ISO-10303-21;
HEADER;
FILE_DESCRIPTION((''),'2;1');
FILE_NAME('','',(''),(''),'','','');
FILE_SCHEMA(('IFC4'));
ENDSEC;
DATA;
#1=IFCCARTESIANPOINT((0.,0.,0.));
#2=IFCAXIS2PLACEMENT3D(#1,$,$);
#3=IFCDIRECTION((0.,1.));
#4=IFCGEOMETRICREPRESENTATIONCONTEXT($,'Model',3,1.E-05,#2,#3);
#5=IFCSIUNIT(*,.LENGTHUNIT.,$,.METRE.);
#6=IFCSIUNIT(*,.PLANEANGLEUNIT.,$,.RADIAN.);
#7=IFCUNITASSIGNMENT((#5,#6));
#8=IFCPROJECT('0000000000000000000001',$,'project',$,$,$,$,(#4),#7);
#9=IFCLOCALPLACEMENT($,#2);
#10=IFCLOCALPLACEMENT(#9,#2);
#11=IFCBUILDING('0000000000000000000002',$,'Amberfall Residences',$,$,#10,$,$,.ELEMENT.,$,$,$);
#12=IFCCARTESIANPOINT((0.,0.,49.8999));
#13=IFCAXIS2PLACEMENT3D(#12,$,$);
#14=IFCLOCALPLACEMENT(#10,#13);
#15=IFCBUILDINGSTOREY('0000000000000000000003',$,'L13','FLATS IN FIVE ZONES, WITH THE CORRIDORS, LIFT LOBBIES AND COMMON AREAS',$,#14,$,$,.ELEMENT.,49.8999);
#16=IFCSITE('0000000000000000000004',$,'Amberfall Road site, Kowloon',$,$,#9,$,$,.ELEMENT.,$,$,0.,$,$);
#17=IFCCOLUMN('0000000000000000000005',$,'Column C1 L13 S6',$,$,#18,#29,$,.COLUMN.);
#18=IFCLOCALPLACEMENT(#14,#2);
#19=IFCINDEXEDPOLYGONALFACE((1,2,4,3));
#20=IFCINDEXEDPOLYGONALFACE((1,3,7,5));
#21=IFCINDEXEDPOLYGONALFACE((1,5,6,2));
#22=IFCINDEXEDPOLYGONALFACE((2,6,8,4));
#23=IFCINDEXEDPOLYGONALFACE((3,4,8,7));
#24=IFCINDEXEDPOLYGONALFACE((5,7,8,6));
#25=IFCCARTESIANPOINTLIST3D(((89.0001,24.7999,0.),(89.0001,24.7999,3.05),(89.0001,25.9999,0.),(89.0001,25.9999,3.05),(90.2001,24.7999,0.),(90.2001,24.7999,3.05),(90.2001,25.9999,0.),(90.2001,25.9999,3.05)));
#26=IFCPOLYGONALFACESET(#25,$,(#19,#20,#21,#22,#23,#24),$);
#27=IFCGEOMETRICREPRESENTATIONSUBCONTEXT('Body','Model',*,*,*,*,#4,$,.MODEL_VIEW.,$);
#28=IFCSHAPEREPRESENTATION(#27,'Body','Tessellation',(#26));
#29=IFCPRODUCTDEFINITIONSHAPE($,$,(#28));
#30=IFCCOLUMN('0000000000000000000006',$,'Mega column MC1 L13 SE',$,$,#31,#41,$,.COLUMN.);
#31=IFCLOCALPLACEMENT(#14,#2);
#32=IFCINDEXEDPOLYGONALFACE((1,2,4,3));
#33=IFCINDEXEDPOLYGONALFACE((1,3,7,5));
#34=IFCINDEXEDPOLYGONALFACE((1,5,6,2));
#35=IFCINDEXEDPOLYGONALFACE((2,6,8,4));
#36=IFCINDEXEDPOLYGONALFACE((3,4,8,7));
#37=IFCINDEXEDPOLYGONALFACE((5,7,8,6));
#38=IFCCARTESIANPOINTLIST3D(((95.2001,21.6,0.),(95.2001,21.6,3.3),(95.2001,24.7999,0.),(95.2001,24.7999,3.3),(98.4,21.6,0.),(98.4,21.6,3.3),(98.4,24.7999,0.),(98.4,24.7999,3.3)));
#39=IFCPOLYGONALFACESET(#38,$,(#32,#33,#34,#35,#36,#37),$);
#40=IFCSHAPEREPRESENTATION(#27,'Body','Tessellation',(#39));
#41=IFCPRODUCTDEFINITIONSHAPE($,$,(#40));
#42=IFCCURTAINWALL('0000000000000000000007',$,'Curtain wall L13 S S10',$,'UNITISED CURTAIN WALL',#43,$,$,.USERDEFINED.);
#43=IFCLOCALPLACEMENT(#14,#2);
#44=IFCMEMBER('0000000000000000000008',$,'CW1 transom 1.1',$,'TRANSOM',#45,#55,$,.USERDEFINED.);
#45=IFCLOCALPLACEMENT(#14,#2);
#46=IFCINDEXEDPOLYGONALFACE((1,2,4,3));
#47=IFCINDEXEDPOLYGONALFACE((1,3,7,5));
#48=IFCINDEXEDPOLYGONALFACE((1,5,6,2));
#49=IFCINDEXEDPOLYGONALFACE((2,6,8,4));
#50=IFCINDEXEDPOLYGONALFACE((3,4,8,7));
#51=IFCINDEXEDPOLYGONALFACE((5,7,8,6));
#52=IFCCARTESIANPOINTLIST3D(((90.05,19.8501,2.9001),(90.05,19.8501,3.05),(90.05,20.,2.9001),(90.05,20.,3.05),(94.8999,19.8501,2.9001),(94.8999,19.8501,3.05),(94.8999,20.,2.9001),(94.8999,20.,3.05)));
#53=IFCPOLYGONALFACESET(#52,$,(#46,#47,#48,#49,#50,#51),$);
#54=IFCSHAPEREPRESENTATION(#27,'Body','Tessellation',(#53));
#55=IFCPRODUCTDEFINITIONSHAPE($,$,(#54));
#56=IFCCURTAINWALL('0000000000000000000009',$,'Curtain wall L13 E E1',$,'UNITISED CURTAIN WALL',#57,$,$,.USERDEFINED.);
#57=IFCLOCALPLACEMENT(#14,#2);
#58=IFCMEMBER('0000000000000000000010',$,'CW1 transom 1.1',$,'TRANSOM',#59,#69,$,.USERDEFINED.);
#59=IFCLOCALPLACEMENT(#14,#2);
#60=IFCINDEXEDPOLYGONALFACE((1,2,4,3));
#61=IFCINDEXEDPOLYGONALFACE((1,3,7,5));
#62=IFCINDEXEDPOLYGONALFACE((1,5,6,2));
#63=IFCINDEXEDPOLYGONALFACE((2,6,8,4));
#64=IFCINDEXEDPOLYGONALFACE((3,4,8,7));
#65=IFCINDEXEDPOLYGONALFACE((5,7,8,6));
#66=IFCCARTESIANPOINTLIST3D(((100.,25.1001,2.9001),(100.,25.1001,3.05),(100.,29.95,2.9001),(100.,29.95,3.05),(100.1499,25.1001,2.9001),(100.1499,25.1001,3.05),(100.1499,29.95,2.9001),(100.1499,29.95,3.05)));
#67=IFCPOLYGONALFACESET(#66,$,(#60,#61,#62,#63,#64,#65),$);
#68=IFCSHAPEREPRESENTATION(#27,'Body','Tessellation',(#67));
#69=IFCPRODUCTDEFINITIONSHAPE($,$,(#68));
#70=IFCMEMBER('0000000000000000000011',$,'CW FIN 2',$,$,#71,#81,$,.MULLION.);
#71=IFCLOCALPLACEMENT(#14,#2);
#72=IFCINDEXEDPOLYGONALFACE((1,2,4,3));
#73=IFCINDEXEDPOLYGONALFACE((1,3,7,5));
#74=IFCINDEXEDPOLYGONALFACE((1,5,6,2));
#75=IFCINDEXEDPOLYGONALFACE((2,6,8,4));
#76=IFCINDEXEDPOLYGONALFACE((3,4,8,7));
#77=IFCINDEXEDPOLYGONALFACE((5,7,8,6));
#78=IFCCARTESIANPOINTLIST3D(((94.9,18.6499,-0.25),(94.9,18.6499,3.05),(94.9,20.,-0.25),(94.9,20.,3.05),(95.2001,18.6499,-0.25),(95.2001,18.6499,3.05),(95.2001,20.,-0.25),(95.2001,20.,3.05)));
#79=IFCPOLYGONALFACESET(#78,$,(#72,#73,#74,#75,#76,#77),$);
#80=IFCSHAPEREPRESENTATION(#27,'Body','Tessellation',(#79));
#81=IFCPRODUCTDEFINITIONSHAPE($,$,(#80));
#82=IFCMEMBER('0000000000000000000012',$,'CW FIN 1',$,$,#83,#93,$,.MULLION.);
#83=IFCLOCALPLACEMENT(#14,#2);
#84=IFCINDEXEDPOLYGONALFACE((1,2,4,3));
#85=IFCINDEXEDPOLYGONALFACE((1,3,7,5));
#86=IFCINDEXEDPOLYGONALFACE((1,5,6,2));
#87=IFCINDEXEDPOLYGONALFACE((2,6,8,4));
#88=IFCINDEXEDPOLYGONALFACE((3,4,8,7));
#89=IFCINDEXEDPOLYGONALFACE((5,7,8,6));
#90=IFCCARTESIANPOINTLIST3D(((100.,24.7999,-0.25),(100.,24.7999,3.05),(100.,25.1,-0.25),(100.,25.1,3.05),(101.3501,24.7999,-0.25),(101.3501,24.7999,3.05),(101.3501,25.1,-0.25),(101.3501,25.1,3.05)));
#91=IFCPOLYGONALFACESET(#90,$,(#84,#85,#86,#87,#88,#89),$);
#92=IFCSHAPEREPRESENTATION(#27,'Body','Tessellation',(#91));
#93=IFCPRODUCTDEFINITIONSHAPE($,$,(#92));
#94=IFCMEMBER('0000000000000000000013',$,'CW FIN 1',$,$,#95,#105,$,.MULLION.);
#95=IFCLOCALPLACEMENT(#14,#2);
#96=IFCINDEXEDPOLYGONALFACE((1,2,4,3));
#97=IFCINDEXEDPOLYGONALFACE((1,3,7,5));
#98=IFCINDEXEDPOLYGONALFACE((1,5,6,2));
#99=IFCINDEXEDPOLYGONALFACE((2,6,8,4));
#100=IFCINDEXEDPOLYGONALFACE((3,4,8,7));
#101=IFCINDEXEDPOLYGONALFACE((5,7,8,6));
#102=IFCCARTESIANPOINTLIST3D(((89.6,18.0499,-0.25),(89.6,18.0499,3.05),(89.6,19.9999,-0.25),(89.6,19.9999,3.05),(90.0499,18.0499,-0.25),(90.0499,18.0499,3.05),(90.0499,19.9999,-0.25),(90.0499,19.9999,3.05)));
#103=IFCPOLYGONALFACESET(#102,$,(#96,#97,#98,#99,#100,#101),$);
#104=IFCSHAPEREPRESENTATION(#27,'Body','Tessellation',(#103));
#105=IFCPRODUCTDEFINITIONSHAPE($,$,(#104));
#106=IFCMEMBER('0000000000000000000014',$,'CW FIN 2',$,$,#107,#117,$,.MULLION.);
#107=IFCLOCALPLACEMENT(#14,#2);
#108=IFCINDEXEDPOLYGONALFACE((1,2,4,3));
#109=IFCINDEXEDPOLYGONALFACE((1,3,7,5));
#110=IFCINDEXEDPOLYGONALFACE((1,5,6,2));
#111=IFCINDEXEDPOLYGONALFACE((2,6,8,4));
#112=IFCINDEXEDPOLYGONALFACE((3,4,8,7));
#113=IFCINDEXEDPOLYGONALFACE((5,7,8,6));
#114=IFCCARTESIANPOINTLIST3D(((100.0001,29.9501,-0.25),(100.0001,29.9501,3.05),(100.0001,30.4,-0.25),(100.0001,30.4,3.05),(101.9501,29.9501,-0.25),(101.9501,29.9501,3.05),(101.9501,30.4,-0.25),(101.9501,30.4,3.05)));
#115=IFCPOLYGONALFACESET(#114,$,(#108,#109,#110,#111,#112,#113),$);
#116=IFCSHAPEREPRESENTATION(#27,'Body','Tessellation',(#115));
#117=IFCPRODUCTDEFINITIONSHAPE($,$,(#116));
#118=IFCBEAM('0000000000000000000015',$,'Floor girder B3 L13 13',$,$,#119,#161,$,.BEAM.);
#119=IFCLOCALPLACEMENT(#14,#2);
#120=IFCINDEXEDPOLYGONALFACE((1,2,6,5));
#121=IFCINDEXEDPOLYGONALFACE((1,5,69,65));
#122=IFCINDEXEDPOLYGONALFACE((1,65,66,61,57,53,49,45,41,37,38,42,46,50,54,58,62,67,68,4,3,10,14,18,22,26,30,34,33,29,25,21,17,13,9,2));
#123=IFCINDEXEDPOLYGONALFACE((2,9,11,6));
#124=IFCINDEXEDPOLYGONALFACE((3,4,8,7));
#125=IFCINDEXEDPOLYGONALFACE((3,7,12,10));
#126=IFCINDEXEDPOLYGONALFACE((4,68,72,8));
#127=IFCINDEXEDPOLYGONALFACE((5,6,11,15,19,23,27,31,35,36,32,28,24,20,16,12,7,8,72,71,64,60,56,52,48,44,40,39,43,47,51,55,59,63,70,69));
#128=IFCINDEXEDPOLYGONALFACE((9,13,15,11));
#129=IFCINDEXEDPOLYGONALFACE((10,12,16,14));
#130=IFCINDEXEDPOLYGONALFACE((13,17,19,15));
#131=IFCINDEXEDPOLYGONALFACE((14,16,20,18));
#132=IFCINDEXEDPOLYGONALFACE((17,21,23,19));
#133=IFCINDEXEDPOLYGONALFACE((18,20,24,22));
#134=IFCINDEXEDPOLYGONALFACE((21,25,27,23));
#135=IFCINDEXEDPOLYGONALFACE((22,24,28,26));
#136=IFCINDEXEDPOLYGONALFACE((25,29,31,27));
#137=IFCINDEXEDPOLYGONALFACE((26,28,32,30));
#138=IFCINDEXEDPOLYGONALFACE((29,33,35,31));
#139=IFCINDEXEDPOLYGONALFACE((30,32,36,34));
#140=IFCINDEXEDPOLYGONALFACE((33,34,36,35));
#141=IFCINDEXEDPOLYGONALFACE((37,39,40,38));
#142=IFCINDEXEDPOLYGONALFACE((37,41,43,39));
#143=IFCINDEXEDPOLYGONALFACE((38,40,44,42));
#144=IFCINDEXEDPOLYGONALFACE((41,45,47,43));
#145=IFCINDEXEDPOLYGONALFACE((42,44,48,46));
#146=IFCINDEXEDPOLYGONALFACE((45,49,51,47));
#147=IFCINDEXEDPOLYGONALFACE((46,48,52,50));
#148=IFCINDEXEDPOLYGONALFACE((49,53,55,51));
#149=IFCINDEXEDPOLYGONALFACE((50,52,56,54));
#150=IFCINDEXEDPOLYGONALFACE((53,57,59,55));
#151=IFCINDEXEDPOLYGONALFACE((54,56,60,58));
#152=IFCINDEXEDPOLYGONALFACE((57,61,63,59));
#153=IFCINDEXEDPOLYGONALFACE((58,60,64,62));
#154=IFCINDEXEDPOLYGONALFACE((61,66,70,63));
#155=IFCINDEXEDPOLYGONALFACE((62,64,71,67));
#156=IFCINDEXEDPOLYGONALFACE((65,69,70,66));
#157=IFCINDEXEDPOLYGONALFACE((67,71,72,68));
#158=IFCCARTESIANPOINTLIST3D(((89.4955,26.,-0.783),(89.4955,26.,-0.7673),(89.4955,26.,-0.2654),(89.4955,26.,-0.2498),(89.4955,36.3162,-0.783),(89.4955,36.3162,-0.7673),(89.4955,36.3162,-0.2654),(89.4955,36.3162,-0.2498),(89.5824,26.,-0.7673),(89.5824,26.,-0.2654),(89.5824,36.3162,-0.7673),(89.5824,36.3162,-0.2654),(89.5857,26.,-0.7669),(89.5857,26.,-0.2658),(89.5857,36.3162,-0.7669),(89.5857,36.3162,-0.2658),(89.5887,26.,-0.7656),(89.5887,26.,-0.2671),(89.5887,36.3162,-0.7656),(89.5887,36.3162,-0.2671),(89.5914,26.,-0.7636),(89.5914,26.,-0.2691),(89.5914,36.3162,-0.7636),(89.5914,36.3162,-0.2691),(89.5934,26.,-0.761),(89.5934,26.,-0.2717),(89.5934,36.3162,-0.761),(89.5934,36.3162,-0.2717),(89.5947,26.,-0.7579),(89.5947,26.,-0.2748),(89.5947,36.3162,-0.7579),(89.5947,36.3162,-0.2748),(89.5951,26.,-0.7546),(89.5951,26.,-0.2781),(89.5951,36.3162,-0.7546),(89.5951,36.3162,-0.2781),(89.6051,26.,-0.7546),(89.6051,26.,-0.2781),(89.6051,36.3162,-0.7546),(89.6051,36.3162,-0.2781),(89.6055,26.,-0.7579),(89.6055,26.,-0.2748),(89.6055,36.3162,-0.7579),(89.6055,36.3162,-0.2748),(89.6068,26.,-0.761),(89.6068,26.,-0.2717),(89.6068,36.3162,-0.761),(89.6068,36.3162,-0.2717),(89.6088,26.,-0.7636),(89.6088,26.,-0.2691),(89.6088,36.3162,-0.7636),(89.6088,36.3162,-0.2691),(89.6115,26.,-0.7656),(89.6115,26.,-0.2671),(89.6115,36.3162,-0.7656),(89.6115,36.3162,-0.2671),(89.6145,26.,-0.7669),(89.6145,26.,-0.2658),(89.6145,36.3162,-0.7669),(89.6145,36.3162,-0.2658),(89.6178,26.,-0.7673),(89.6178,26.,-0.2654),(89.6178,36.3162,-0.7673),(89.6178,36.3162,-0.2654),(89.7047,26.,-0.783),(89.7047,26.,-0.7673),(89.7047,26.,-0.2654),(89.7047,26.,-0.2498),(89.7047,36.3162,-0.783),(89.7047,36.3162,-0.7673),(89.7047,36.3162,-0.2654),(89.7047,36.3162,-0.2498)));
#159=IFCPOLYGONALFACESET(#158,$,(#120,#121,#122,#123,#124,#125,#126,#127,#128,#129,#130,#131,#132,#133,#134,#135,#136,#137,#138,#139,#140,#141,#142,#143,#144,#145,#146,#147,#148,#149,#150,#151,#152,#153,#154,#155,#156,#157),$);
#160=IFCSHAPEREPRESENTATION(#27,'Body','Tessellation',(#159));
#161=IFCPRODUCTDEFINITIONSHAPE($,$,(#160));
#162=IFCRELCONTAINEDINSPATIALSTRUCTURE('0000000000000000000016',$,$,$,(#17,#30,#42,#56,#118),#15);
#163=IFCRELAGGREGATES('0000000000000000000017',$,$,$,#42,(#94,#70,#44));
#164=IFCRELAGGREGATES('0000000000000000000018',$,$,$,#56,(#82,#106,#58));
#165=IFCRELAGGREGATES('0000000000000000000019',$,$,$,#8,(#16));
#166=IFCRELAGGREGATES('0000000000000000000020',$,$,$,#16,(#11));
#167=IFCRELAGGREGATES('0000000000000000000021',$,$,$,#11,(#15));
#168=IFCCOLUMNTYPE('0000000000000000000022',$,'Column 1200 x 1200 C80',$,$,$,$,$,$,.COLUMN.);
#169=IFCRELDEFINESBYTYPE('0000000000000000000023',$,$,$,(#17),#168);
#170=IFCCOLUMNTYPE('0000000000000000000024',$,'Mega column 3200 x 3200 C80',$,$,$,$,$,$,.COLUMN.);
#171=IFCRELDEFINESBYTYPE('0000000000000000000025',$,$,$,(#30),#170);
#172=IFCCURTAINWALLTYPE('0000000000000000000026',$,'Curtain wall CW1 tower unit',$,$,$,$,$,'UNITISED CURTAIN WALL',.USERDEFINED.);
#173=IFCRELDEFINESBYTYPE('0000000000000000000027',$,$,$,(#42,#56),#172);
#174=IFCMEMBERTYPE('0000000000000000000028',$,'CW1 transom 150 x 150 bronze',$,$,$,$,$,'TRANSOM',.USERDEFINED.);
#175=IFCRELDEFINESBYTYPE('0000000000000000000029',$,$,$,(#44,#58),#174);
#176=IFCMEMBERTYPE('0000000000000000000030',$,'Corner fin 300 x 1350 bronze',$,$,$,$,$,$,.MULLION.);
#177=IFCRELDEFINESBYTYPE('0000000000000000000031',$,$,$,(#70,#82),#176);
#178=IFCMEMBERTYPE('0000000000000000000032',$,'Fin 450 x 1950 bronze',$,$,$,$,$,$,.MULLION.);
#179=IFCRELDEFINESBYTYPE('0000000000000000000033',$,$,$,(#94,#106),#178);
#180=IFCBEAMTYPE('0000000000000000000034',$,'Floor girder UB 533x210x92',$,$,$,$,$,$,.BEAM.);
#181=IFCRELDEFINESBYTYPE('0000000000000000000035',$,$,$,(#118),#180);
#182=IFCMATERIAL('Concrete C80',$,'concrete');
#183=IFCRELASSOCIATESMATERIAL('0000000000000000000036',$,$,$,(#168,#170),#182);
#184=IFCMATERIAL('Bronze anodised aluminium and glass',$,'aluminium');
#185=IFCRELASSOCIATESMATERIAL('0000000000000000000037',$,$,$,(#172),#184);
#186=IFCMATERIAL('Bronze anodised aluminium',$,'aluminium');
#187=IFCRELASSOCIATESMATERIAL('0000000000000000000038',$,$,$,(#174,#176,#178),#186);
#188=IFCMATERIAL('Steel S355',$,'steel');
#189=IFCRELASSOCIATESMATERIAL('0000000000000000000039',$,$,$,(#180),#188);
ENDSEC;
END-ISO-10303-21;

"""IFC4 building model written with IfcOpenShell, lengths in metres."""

from ifc_helpers import new_model, si_unit, direction, frame, origin, origin_2d, place, context, subcontext, project, spatial, rectangle, i_section, extrude, material, material_profile, profile_set, type_object, element, aggregate, save


model = new_model("IFC4")

# Units and contexts
model_context = context("Model", 3, precision=1e-05, world=origin(), true_north=direction((0.0, 1.0)))
body_context = subcontext(model_context, "Body", "Model", "MODEL_VIEW")
ifc_project = project(units=[si_unit("LENGTHUNIT", "METRE"), si_unit("PLANEANGLEUNIT", "RADIAN")], contexts=[model_context])

# Site, building, storey
site_placement = place(None, origin())
site = spatial("IfcSite", under=ifc_project, at=site_placement, Name="Amberfall Road site, Kowloon", CompositionType="ELEMENT", RefElevation=0.0)
building_placement = place(site_placement, origin())
building = spatial("IfcBuilding", under=site, at=building_placement, Name="Amberfall Residences", CompositionType="ELEMENT")
storey_placement = place(building_placement, frame((0.0, 0.0, 49.8999)))
storey = spatial("IfcBuildingStorey", under=building, at=storey_placement, Name="L13", Description="FLATS IN FIVE ZONES, WITH THE CORRIDORS, LIFT LOBBIES AND COMMON AREAS", CompositionType="ELEMENT", Elevation=49.8999)

# Columns
ifc_material_1 = material(Name="Concrete C80", Category="concrete")
ifc_material_profile_1 = material_profile(ifc_material_1, rectangle(XDim=1.2, YDim=1.2, at=origin_2d()), Name="Column 1200 x 1200 C80")
ifc_profile_set_1 = profile_set([ifc_material_profile_1], Name="Concrete C80")
column_type_1 = type_object("IfcColumnType", Name="Column 1200 x 1200 C80", PredefinedType="COLUMN", material=ifc_profile_set_1)
column_1_placement = place(storey_placement, frame((89.6001, 25.3999, 0.0), z_axis=(0.0, 0.0, 1.0), x_axis=(1.0, 0.0, 0.0)))
element("IfcColumn", 1, at=column_1_placement, inside=storey, type_object=column_type_1, Name="Column C1 L13 S6", PredefinedType="COLUMN", context=body_context, shape_type="SweptSolid", body=[
    extrude(rectangle(XDim=1.2, YDim=1.2, at=origin_2d()), origin(), (0.0, 0.0, 1.0), 3.05),
])
ifc_material_profile_2 = material_profile(ifc_material_1, rectangle(XDim=3.2, YDim=3.2, at=origin_2d()), Name="Mega column 3200 x 3200 C80")
ifc_profile_set_2 = profile_set([ifc_material_profile_2], Name="Concrete C80")
column_type_2 = type_object("IfcColumnType", Name="Mega column 3200 x 3200 C80", PredefinedType="COLUMN", material=ifc_profile_set_2)
column_2_placement = place(storey_placement, frame((96.8, 23.2, 0.0), z_axis=(0.0, 0.0, 1.0), x_axis=(1.0, 0.0, 0.0)))
element("IfcColumn", 2, at=column_2_placement, inside=storey, type_object=column_type_2, Name="Mega column MC1 L13 SE", PredefinedType="COLUMN", context=body_context, shape_type="SweptSolid", body=[
    extrude(rectangle(XDim=3.2, YDim=3.2, at=origin_2d()), origin(), (0.0, 0.0, 1.0), 3.3),
])

# Curtain walls, members
ifc_material_2 = material(Name="Bronze anodised aluminium and glass", Category="aluminium")
curtain_wall_type = type_object("IfcCurtainWallType", Name="Curtain wall CW1 tower unit", ElementType="UNITISED CURTAIN WALL", PredefinedType="USERDEFINED", material=ifc_material_2)
curtain_wall_1_placement = place(storey_placement, origin())
curtain_wall_1 = element("IfcCurtainWall", 3, at=curtain_wall_1_placement, inside=storey, type_object=curtain_wall_type, Name="Curtain wall L13 S S10", ObjectType="UNITISED CURTAIN WALL", PredefinedType="USERDEFINED")
ifc_material_3 = material(Name="Bronze anodised aluminium", Category="aluminium")
ifc_material_profile_3 = material_profile(ifc_material_3, rectangle(XDim=0.1499, YDim=0.1499, at=origin_2d()), Name="CW1 transom 150 x 150 bronze")
ifc_profile_set_3 = profile_set([ifc_material_profile_3], Name="Bronze anodised aluminium")
member_type_1 = type_object("IfcMemberType", Name="CW1 transom 150 x 150 bronze", ElementType="TRANSOM", PredefinedType="USERDEFINED", material=ifc_profile_set_3)
member_1_placement = place(storey_placement, frame((90.05, 19.925, 2.9751), z_axis=(1.0, 0.0, 0.0), x_axis=(0.0, 1.0, 0.0)))
member_1 = element("IfcMember", 4, at=member_1_placement, type_object=member_type_1, Name="CW1 transom 1.1", ObjectType="TRANSOM", PredefinedType="USERDEFINED", context=body_context, shape_type="SweptSolid", body=[
    extrude(rectangle(XDim=0.1499, YDim=0.1499, at=origin_2d()), origin(), (0.0, 0.0, 1.0), 4.8499),
])
curtain_wall_2_placement = place(storey_placement, origin())
curtain_wall_2 = element("IfcCurtainWall", 5, at=curtain_wall_2_placement, inside=storey, type_object=curtain_wall_type, Name="Curtain wall L13 E E1", ObjectType="UNITISED CURTAIN WALL", PredefinedType="USERDEFINED")
member_2_placement = place(storey_placement, frame((100.075, 25.1001, 2.9751), z_axis=(0.0, 1.0, 0.0), x_axis=(-1.0, 0.0, 0.0)))
member_2 = element("IfcMember", 6, at=member_2_placement, type_object=member_type_1, Name="CW1 transom 1.1", ObjectType="TRANSOM", PredefinedType="USERDEFINED", context=body_context, shape_type="SweptSolid", body=[
    extrude(rectangle(XDim=0.1499, YDim=0.1499, at=origin_2d()), origin(), (0.0, 0.0, 1.0), 4.8499),
])

# Members
ifc_material_profile_4 = material_profile(ifc_material_3, rectangle(XDim=1.3501, YDim=0.3, at=origin_2d()), Name="Corner fin 300 x 1350 bronze")
ifc_profile_set_4 = profile_set([ifc_material_profile_4], Name="Bronze anodised aluminium")
member_type_2 = type_object("IfcMemberType", Name="Corner fin 300 x 1350 bronze", PredefinedType="MULLION", material=ifc_profile_set_4)
member_3_placement = place(storey_placement, frame((95.05, 19.325, -0.25), z_axis=(0.0, 0.0, 1.0), x_axis=(0.0, 1.0, 0.0)))
member_3 = element("IfcMember", 7, at=member_3_placement, type_object=member_type_2, Name="CW FIN 2", PredefinedType="MULLION", context=body_context, shape_type="SweptSolid", body=[
    extrude(rectangle(XDim=1.3501, YDim=0.3, at=origin_2d()), origin(), (0.0, 0.0, 1.0), 3.3),
])
member_4_placement = place(storey_placement, frame((100.675, 24.95, -0.25), z_axis=(0.0, 0.0, 1.0), x_axis=(-1.0, 0.0, 0.0)))
member_4 = element("IfcMember", 8, at=member_4_placement, type_object=member_type_2, Name="CW FIN 1", PredefinedType="MULLION", context=body_context, shape_type="SweptSolid", body=[
    extrude(rectangle(XDim=1.3501, YDim=0.3, at=origin_2d()), origin(), (0.0, 0.0, 1.0), 3.3),
])
ifc_material_profile_5 = material_profile(ifc_material_3, rectangle(XDim=1.95, YDim=0.45, at=origin_2d()), Name="Fin 450 x 1950 bronze")
ifc_profile_set_5 = profile_set([ifc_material_profile_5], Name="Bronze anodised aluminium")
member_type_3 = type_object("IfcMemberType", Name="Fin 450 x 1950 bronze", PredefinedType="MULLION", material=ifc_profile_set_5)
member_5_placement = place(storey_placement, frame((89.825, 19.0249, -0.25), z_axis=(0.0, 0.0, 1.0), x_axis=(0.0, 1.0, 0.0)))
member_5 = element("IfcMember", 9, at=member_5_placement, type_object=member_type_3, Name="CW FIN 1", PredefinedType="MULLION", context=body_context, shape_type="SweptSolid", body=[
    extrude(rectangle(XDim=1.95, YDim=0.45, at=origin_2d()), origin(), (0.0, 0.0, 1.0), 3.3),
])
member_6_placement = place(storey_placement, frame((100.9751, 30.175, -0.25), z_axis=(0.0, 0.0, 1.0), x_axis=(-1.0, 0.0, 0.0)))
member_6 = element("IfcMember", 10, at=member_6_placement, type_object=member_type_3, Name="CW FIN 2", PredefinedType="MULLION", context=body_context, shape_type="SweptSolid", body=[
    extrude(rectangle(XDim=1.95, YDim=0.45, at=origin_2d()), origin(), (0.0, 0.0, 1.0), 3.3),
])

# Beam
ifc_material_4 = material(Name="Steel S355", Category="steel")
ifc_material_profile_6 = material_profile(ifc_material_4, i_section(OverallWidth=0.2092, OverallDepth=0.5332, WebThickness=0.01, FlangeThickness=0.0156, FilletRadius=0.0127, at=origin_2d()), Name="UB 533x210x92")
ifc_profile_set_6 = profile_set([ifc_material_profile_6], Name="Steel S355")
beam_type_1 = type_object("IfcBeamType", Name="Floor girder UB 533x210x92", PredefinedType="BEAM", material=ifc_profile_set_6)
beam_1_placement = place(storey_placement, frame((89.6001, 26.0, -0.5164), z_axis=(0.0, 1.0, 0.0), x_axis=(-1.0, 0.0, 0.0)))
element("IfcBeam", 11, at=beam_1_placement, inside=storey, type_object=beam_type_1, Name="Floor girder B3 L13 13", PredefinedType="BEAM", context=body_context, shape_type="SweptSolid", body=[
    extrude(i_section(OverallWidth=0.2092, OverallDepth=0.5332, WebThickness=0.01, FlangeThickness=0.0156, FilletRadius=0.0127, at=origin_2d()), origin(), (0.0, 0.0, 1.0), 10.3162),
])

aggregate(curtain_wall_1, [member_5, member_3, member_1])
aggregate(curtain_wall_2, [member_4, member_6, member_2])

save(model, "model.ifc")
